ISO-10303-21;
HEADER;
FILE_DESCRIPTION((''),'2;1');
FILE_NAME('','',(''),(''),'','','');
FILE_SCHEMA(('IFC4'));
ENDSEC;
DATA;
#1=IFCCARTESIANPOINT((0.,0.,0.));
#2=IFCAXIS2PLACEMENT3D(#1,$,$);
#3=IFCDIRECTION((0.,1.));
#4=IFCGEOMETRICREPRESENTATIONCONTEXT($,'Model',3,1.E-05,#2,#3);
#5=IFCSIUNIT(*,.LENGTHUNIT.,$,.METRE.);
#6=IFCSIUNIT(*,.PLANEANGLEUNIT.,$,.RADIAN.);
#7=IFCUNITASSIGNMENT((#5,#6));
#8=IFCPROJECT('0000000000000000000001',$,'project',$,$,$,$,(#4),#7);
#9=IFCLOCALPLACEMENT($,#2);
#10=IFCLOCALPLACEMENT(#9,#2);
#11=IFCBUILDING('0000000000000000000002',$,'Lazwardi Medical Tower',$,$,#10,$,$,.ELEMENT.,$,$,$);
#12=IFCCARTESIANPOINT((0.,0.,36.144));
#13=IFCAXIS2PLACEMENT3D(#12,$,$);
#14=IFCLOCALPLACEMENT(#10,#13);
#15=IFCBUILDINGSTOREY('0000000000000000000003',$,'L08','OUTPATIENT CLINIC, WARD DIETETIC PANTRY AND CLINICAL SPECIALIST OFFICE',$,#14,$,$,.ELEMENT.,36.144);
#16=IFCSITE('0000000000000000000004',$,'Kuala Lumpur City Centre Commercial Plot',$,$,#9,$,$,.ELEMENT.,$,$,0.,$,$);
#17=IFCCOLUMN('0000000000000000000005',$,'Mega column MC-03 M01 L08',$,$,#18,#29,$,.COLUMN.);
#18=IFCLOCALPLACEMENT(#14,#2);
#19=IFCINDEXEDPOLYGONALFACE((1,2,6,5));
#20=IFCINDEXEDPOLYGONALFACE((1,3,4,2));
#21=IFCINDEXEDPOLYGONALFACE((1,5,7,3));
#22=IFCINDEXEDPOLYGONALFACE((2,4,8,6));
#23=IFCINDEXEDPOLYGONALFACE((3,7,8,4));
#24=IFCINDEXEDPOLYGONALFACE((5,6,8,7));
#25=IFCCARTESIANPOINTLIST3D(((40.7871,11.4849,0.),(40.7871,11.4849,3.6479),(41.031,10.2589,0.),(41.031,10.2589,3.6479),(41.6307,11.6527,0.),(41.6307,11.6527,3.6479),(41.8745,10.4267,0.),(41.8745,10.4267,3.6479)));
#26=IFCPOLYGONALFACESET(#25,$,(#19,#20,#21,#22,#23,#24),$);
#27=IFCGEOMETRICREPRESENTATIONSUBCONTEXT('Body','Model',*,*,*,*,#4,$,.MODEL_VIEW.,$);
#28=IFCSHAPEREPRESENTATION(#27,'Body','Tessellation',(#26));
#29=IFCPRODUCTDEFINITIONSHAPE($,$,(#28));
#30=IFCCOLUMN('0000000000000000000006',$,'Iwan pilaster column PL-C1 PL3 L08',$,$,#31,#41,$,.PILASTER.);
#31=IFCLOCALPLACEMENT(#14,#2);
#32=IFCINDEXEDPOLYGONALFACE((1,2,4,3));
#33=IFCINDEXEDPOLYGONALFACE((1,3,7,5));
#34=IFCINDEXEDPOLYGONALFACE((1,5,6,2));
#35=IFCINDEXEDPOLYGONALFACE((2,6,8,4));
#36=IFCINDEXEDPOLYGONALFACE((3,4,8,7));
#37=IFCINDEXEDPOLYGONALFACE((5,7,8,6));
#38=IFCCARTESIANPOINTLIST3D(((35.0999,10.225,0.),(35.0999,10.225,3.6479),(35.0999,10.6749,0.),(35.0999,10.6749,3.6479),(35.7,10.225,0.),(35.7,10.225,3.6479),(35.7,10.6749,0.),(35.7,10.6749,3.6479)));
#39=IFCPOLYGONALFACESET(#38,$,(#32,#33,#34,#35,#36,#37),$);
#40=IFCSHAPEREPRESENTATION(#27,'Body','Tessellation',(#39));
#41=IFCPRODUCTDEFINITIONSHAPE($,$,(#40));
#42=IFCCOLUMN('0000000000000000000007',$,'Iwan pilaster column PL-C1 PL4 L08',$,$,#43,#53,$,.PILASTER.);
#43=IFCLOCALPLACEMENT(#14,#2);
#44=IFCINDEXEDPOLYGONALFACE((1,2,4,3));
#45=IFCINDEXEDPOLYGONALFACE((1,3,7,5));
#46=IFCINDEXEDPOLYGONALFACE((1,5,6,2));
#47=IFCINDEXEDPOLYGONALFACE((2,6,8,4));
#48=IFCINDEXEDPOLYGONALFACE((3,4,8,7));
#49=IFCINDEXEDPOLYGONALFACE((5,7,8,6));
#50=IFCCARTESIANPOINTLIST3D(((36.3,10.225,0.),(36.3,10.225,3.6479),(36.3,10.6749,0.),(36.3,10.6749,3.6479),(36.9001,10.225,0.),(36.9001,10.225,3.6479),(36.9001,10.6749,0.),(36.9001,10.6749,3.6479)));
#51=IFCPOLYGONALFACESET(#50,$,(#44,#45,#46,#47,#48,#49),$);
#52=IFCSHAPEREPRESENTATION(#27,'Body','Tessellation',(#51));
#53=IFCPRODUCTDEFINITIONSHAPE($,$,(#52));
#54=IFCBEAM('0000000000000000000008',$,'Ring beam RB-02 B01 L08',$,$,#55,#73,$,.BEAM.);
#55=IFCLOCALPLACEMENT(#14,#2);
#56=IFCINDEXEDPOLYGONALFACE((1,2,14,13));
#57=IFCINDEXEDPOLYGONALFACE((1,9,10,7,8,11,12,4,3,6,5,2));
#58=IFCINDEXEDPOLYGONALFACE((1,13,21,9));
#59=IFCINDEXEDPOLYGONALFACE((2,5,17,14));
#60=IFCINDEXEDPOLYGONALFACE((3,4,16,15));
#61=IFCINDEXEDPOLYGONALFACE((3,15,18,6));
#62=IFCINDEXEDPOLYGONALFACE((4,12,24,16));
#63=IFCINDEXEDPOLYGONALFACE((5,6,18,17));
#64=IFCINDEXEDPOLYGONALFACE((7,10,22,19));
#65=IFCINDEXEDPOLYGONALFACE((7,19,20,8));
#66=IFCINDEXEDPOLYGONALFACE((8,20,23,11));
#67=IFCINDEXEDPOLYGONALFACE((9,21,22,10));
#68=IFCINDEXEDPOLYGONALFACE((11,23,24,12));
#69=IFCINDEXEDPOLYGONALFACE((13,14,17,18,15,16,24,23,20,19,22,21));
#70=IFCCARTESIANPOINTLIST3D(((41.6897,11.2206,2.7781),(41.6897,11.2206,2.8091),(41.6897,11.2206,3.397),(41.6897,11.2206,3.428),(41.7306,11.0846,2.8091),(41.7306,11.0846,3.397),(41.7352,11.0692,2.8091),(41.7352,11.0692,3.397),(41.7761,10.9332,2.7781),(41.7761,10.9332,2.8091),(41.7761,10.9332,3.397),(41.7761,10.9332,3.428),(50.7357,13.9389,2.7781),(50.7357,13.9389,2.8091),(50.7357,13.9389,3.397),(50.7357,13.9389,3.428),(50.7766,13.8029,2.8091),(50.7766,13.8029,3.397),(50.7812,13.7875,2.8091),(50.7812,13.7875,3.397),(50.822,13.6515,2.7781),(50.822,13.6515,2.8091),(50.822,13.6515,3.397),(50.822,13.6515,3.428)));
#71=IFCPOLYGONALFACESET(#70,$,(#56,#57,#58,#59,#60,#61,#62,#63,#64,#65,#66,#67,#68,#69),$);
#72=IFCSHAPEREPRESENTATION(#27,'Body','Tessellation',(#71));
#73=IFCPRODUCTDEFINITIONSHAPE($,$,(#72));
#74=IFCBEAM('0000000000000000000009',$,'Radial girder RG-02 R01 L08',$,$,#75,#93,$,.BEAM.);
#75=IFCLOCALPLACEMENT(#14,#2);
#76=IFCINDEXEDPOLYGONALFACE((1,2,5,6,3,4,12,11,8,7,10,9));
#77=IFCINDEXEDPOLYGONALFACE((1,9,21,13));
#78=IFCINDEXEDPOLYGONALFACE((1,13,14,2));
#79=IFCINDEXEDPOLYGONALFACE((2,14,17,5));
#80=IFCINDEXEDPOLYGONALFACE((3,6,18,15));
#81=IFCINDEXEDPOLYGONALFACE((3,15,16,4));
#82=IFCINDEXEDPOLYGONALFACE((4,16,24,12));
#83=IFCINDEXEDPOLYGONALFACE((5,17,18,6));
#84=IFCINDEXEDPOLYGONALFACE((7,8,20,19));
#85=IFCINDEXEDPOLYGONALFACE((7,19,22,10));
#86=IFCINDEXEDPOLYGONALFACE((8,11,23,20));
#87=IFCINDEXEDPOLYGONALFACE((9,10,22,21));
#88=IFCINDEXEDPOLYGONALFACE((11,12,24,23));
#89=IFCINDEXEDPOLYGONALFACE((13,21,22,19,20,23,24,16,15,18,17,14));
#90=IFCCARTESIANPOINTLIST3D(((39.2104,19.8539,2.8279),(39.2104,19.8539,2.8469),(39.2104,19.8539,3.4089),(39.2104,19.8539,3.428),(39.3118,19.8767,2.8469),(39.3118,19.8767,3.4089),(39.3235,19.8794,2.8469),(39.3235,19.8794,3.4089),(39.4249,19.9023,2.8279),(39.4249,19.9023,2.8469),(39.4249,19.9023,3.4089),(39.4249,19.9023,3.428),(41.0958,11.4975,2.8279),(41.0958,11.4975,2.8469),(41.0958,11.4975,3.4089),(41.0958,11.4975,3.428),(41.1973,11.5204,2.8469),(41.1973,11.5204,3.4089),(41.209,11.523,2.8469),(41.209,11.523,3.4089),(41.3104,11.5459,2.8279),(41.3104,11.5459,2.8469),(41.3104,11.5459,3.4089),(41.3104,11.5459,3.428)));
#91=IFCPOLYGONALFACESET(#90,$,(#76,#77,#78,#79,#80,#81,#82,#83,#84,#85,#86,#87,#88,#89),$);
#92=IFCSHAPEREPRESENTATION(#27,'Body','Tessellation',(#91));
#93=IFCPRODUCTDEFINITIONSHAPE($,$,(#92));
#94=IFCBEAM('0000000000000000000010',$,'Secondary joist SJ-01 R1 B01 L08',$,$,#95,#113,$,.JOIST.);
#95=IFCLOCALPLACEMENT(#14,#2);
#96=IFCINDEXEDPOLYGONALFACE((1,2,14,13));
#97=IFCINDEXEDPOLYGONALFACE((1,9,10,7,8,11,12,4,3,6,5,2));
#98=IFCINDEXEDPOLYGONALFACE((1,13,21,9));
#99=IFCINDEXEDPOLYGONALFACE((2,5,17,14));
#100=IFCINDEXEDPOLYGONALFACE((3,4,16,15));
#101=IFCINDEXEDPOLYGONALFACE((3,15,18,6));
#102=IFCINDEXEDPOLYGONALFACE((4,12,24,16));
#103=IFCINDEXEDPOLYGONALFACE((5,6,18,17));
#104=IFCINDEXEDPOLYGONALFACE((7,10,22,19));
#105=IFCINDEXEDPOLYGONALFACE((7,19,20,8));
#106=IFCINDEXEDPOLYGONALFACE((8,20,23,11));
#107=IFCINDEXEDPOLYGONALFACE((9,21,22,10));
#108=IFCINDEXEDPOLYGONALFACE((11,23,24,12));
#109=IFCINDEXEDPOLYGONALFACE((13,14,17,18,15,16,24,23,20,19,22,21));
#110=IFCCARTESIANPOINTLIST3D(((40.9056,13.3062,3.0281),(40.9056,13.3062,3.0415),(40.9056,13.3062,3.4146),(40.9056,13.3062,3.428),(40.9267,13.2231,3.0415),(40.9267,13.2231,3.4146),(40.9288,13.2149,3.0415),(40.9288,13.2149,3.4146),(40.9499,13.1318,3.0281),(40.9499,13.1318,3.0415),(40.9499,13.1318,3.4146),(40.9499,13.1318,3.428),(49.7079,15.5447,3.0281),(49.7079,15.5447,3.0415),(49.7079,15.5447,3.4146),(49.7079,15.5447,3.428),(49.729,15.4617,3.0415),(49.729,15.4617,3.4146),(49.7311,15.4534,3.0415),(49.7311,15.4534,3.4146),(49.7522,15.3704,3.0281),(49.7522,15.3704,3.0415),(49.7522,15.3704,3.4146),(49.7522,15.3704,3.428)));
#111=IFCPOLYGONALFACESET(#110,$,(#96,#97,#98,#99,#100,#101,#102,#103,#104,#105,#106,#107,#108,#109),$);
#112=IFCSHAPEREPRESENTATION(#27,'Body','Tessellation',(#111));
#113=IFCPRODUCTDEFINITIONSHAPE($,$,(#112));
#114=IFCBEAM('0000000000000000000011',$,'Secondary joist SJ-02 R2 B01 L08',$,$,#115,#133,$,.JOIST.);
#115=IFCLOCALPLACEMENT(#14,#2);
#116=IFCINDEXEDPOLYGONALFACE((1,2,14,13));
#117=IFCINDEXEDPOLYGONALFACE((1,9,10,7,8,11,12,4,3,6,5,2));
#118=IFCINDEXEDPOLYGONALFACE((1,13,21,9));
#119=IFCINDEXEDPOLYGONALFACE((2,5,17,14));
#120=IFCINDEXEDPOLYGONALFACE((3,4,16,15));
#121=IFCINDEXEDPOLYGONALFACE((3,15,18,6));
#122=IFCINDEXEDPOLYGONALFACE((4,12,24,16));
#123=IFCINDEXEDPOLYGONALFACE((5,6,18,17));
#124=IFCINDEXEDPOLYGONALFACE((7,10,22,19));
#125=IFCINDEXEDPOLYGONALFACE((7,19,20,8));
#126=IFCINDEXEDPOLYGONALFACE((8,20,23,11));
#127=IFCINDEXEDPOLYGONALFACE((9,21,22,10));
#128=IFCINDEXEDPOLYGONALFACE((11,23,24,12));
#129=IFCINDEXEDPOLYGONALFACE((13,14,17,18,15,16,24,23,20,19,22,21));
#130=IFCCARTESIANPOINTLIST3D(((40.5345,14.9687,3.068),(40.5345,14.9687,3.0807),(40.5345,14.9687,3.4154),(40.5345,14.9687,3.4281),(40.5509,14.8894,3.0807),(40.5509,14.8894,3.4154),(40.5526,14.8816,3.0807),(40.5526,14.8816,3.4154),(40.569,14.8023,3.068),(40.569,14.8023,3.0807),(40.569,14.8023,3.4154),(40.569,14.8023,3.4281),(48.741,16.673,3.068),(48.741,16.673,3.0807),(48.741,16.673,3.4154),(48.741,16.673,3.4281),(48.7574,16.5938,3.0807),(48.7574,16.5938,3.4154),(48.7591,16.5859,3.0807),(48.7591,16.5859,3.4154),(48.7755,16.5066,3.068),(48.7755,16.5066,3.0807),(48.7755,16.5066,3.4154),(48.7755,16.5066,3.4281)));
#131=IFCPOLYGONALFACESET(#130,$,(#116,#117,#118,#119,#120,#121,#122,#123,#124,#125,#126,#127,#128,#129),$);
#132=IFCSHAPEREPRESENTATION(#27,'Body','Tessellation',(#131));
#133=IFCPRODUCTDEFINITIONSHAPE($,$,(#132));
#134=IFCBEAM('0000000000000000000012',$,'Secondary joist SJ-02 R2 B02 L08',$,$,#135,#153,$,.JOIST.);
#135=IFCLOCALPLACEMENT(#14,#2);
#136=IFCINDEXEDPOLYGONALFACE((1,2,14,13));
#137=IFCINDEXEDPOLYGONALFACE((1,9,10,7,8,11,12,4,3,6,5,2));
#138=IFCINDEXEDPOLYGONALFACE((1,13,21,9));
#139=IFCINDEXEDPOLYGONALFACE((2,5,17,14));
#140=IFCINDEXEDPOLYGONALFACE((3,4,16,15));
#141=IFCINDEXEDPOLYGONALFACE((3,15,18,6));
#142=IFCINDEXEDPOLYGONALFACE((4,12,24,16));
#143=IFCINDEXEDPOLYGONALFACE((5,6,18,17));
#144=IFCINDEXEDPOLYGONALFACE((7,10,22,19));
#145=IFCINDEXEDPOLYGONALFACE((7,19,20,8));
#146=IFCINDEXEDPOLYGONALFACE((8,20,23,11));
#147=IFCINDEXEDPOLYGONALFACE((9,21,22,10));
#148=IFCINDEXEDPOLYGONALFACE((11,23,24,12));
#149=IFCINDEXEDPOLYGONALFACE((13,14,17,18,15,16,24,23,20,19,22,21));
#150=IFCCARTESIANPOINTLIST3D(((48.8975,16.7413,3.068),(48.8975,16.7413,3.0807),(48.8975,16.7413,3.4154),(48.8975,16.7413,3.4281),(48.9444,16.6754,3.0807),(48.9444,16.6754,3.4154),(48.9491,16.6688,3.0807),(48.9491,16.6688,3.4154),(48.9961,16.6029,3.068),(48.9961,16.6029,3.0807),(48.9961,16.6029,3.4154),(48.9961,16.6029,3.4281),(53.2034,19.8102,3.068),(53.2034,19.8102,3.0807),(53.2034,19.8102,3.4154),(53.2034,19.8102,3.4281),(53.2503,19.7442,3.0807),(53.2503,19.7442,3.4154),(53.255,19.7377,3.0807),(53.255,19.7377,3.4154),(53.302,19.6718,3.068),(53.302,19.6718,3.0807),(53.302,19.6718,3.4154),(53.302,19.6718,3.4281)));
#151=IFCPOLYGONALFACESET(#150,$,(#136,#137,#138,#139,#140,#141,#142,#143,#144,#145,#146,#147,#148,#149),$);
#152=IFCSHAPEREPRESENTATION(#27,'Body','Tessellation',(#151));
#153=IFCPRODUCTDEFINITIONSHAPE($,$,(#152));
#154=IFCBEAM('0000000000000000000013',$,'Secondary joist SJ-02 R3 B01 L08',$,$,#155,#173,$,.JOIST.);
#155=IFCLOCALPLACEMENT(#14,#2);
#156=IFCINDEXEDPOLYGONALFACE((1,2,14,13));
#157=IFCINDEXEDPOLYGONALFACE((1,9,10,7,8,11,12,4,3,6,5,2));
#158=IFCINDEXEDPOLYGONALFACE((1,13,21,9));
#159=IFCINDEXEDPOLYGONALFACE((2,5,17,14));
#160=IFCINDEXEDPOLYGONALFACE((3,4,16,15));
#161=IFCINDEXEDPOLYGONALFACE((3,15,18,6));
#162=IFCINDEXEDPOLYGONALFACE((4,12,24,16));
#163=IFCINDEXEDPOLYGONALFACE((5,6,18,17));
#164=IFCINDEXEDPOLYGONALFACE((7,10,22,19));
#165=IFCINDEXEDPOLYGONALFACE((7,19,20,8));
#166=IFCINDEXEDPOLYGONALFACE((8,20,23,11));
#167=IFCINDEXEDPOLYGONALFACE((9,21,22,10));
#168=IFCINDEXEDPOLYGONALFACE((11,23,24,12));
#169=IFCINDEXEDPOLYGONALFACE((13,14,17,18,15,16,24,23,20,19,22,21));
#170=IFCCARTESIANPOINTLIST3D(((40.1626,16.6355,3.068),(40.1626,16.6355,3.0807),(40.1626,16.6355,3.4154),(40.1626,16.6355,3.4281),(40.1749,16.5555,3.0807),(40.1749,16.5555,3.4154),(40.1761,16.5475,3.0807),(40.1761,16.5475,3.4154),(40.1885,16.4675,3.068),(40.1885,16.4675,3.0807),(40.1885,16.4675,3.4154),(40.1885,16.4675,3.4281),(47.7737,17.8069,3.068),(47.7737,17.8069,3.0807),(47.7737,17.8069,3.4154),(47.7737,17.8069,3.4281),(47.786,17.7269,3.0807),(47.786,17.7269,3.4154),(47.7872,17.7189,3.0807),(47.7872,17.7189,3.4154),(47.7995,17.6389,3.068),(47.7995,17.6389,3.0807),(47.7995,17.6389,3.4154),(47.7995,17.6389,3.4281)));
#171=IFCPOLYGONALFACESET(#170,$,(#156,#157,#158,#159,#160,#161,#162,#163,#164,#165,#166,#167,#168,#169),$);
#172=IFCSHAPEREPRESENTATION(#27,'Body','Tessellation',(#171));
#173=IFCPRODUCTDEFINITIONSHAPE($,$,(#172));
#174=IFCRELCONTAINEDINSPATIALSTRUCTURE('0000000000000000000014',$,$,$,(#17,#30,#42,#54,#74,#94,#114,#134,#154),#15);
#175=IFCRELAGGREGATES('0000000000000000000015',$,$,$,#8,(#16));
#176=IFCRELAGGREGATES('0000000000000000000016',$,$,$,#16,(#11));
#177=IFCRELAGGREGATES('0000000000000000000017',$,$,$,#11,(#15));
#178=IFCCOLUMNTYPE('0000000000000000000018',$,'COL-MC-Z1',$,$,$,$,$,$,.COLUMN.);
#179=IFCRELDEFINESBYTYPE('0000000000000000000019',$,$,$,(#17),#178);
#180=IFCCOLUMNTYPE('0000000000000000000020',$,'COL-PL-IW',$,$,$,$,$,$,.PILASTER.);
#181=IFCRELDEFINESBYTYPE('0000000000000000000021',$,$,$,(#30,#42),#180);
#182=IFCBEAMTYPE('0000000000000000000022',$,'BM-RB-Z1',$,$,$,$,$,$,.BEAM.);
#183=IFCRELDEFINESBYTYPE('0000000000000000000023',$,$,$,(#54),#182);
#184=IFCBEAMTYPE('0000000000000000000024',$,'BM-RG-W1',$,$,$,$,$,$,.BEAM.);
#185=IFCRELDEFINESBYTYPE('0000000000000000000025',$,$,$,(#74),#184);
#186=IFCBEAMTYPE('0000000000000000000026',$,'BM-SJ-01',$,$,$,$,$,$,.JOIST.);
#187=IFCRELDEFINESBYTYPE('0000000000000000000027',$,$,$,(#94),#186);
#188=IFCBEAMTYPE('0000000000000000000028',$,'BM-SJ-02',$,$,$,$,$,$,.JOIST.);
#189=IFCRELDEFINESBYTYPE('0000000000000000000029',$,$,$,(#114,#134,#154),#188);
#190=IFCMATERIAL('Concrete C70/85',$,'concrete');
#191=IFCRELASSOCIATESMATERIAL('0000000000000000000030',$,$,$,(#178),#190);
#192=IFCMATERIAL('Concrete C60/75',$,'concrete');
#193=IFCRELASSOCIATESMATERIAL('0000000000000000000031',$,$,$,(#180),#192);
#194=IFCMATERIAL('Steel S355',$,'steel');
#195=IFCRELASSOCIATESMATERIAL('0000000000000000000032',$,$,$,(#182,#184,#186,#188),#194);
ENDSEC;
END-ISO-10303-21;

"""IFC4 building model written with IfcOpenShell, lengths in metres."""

from ifc_helpers import new_model, si_unit, direction, frame, origin, origin_2d, place, context, subcontext, project, spatial, rectangle, i_section, extrude, material, material_profile, profile_set, type_object, element, save


model = new_model("IFC4")

# Units and contexts
model_context = context("Model", 3, precision=1e-05, world=origin(), true_north=direction((0.0, 1.0)))
body_context = subcontext(model_context, "Body", "Model", "MODEL_VIEW")
ifc_project = project(units=[si_unit("LENGTHUNIT", "METRE"), si_unit("PLANEANGLEUNIT", "RADIAN")], contexts=[model_context])

# Site, building, storey
site_placement = place(None, origin())
site = spatial("IfcSite", under=ifc_project, at=site_placement, Name="Kuala Lumpur City Centre Commercial Plot", CompositionType="ELEMENT", RefElevation=0.0)
building_placement = place(site_placement, origin())
building = spatial("IfcBuilding", under=site, at=building_placement, Name="Lazwardi Medical Tower", CompositionType="ELEMENT")
storey_placement = place(building_placement, frame((0.0, 0.0, 36.144)))
storey = spatial("IfcBuildingStorey", under=building, at=storey_placement, Name="L08", Description="OUTPATIENT CLINIC, WARD DIETETIC PANTRY AND CLINICAL SPECIALIST OFFICE", CompositionType="ELEMENT", Elevation=36.144)

# Columns
ifc_material_1 = material(Name="Concrete C70/85", Category="concrete")
ifc_material_profile_1 = material_profile(ifc_material_1, rectangle(XDim=1.25, YDim=0.8601, at=origin_2d()), Name="CFT-RECT 1250x860")
ifc_profile_set_1 = profile_set([ifc_material_profile_1], Name="Concrete C70/85")
column_type_1 = type_object("IfcColumnType", Name="COL-MC-Z1", PredefinedType="COLUMN", material=ifc_profile_set_1)
column_placement = place(storey_placement, frame((41.3308, 10.9558, 0.0), z_axis=(0.0, 0.0, 1.0), x_axis=(0.19509, -0.980785, 0.0)))
element("IfcColumn", 1, at=column_placement, inside=storey, type_object=column_type_1, Name="Mega column MC-03 M01 L08", PredefinedType="COLUMN", context=body_context, shape_type="SweptSolid", body=[
    extrude(rectangle(XDim=1.25, YDim=0.8601, at=origin_2d()), origin(), (0.0, 0.0, 1.0), 3.6479),
])
ifc_material_2 = material(Name="Concrete C60/75", Category="concrete")
ifc_material_profile_2 = material_profile(ifc_material_2, rectangle(XDim=0.6001, YDim=0.45, at=origin_2d()), Name="RC 600x450")
ifc_profile_set_2 = profile_set([ifc_material_profile_2], Name="Concrete C60/75")
column_type_2 = type_object("IfcColumnType", Name="COL-PL-IW", PredefinedType="PILASTER", material=ifc_profile_set_2)
for number, where, z_axis, x_axis, name in (
    (2, (35.3999, 10.45, 0.0), (0.0, 0.0, 1.0), (1.0, 0.0, 0.0), "Iwan pilaster column PL-C1 PL3 L08"),
    (3, (36.6001, 10.45, 0.0), (0.0, 0.0, 1.0), (1.0, 0.0, 0.0), "Iwan pilaster column PL-C1 PL4 L08"),
):
    element("IfcColumn", number, at=place(storey_placement, frame(where, z_axis=z_axis, x_axis=x_axis)), inside=storey, type_object=column_type_2, Name=name, PredefinedType="PILASTER", context=body_context, shape_type="SweptSolid", body=[
        extrude(rectangle(XDim=0.6001, YDim=0.45, at=origin_2d()), origin(), (0.0, 0.0, 1.0), 3.6479),
    ])

# Beams
ifc_material_3 = material(Name="Steel S355", Category="steel")
ifc_material_profile_3 = material_profile(ifc_material_3, i_section(OverallWidth=0.3, OverallDepth=0.6499, WebThickness=0.0161, FlangeThickness=0.031, at=origin_2d()), Name="HEB 650")
ifc_profile_set_3 = profile_set([ifc_material_profile_3], Name="Steel S355")
beam_type_1 = type_object("IfcBeamType", Name="BM-RB-Z1", PredefinedType="BEAM", material=ifc_profile_set_3)
beam_1_placement = place(storey_placement, frame((41.7329, 11.0769, 3.103), z_axis=(0.957695, 0.287784, 0.0), x_axis=(-0.287784, 0.957695, 0.0)))
element("IfcBeam", 4, at=beam_1_placement, inside=storey, type_object=beam_type_1, Name="Ring beam RB-02 B01 L08", PredefinedType="BEAM", context=body_context, shape_type="SweptSolid", body=[
    extrude(i_section(OverallWidth=0.3, OverallDepth=0.6499, WebThickness=0.0161, FlangeThickness=0.031, at=origin_2d()), origin(), (0.0, 0.0, 1.0), 9.4456),
])
ifc_material_profile_4 = material_profile(ifc_material_3, i_section(OverallWidth=0.22, OverallDepth=0.6001, WebThickness=0.012, FlangeThickness=0.019, at=origin_2d()), Name="IPE 600")
ifc_profile_set_4 = profile_set([ifc_material_profile_4], Name="Steel S355")
beam_type_2 = type_object("IfcBeamType", Name="BM-RG-W1", PredefinedType="BEAM", material=ifc_profile_set_4)
beam_2_placement = place(storey_placement, frame((41.2031, 11.5217, 3.1279), z_axis=(-0.220101, 0.975477, 0.0), x_axis=(-0.975477, -0.220101, 0.0)))
element("IfcBeam", 5, at=beam_2_placement, inside=storey, type_object=beam_type_2, Name="Radial girder RG-02 R01 L08", PredefinedType="BEAM", context=body_context, shape_type="SweptSolid", body=[
    extrude(i_section(OverallWidth=0.22, OverallDepth=0.6001, WebThickness=0.012, FlangeThickness=0.019, at=origin_2d()), origin(), (0.0, 0.0, 1.0), 8.5664),
])
ifc_material_profile_5 = material_profile(ifc_material_3, i_section(OverallWidth=0.1799, OverallDepth=0.3999, WebThickness=0.0085, FlangeThickness=0.0134, at=origin_2d()), Name="IPE 400")
ifc_profile_set_5 = profile_set([ifc_material_profile_5], Name="Steel S355")
beam_type_3 = type_object("IfcBeamType", Name="BM-SJ-01", PredefinedType="JOIST", material=ifc_profile_set_5)
beam_3_placement = place(storey_placement, frame((40.9277, 13.219, 3.228), z_axis=(0.969151, 0.246468, 0.0), x_axis=(-0.246468, 0.969151, 0.0)))
element("IfcBeam", 6, at=beam_3_placement, inside=storey, type_object=beam_type_3, Name="Secondary joist SJ-01 R1 B01 L08", PredefinedType="JOIST", context=body_context, shape_type="SweptSolid", body=[
    extrude(i_section(OverallWidth=0.1799, OverallDepth=0.3999, WebThickness=0.0085, FlangeThickness=0.0134, at=origin_2d()), origin(), (0.0, 0.0, 1.0), 9.0825),
])
ifc_material_profile_6 = material_profile(ifc_material_3, i_section(OverallWidth=0.1699, OverallDepth=0.3601, WebThickness=0.0081, FlangeThickness=0.0127, at=origin_2d()), Name="IPE 360")
ifc_profile_set_6 = profile_set([ifc_material_profile_6], Name="Steel S355")
beam_type_4 = type_object("IfcBeamType", Name="BM-SJ-02", PredefinedType="JOIST", material=ifc_profile_set_6)
beam_4_placement = place(storey_placement, frame((40.5518, 14.8855, 3.248), z_axis=(0.979108, 0.203342, 0.0), x_axis=(-0.203342, 0.979108, 0.0)))
element("IfcBeam", 7, at=beam_4_placement, inside=storey, type_object=beam_type_4, Name="Secondary joist SJ-02 R2 B01 L08", PredefinedType="JOIST", context=body_context, shape_type="SweptSolid", body=[
    extrude(i_section(OverallWidth=0.1699, OverallDepth=0.3601, WebThickness=0.0081, FlangeThickness=0.0127, at=origin_2d()), origin(), (0.0, 0.0, 1.0), 8.3816),
])
beam_5_placement = place(storey_placement, frame((48.9468, 16.6721, 3.248), z_axis=(0.814341, 0.580386, 0.0), x_axis=(-0.580386, 0.814341, 0.0)))
element("IfcBeam", 8, at=beam_5_placement, inside=storey, type_object=beam_type_4, Name="Secondary joist SJ-02 R2 B02 L08", PredefinedType="JOIST", context=body_context, shape_type="SweptSolid", body=[
    extrude(i_section(OverallWidth=0.1699, OverallDepth=0.3601, WebThickness=0.0081, FlangeThickness=0.0127, at=origin_2d()), origin(), (0.0, 0.0, 1.0), 5.2876),
])
beam_6_placement = place(storey_placement, frame((40.1755, 16.5515, 3.248), z_axis=(0.988363, 0.152114, 0.0), x_axis=(-0.152114, 0.988363, 0.0)))
element("IfcBeam", 9, at=beam_6_placement, inside=storey, type_object=beam_type_4, Name="Secondary joist SJ-02 R3 B01 L08", PredefinedType="JOIST", context=body_context, shape_type="SweptSolid", body=[
    extrude(i_section(OverallWidth=0.1699, OverallDepth=0.3601, WebThickness=0.0081, FlangeThickness=0.0127, at=origin_2d()), origin(), (0.0, 0.0, 1.0), 7.7007),
])

save(model, "model.ifc")
